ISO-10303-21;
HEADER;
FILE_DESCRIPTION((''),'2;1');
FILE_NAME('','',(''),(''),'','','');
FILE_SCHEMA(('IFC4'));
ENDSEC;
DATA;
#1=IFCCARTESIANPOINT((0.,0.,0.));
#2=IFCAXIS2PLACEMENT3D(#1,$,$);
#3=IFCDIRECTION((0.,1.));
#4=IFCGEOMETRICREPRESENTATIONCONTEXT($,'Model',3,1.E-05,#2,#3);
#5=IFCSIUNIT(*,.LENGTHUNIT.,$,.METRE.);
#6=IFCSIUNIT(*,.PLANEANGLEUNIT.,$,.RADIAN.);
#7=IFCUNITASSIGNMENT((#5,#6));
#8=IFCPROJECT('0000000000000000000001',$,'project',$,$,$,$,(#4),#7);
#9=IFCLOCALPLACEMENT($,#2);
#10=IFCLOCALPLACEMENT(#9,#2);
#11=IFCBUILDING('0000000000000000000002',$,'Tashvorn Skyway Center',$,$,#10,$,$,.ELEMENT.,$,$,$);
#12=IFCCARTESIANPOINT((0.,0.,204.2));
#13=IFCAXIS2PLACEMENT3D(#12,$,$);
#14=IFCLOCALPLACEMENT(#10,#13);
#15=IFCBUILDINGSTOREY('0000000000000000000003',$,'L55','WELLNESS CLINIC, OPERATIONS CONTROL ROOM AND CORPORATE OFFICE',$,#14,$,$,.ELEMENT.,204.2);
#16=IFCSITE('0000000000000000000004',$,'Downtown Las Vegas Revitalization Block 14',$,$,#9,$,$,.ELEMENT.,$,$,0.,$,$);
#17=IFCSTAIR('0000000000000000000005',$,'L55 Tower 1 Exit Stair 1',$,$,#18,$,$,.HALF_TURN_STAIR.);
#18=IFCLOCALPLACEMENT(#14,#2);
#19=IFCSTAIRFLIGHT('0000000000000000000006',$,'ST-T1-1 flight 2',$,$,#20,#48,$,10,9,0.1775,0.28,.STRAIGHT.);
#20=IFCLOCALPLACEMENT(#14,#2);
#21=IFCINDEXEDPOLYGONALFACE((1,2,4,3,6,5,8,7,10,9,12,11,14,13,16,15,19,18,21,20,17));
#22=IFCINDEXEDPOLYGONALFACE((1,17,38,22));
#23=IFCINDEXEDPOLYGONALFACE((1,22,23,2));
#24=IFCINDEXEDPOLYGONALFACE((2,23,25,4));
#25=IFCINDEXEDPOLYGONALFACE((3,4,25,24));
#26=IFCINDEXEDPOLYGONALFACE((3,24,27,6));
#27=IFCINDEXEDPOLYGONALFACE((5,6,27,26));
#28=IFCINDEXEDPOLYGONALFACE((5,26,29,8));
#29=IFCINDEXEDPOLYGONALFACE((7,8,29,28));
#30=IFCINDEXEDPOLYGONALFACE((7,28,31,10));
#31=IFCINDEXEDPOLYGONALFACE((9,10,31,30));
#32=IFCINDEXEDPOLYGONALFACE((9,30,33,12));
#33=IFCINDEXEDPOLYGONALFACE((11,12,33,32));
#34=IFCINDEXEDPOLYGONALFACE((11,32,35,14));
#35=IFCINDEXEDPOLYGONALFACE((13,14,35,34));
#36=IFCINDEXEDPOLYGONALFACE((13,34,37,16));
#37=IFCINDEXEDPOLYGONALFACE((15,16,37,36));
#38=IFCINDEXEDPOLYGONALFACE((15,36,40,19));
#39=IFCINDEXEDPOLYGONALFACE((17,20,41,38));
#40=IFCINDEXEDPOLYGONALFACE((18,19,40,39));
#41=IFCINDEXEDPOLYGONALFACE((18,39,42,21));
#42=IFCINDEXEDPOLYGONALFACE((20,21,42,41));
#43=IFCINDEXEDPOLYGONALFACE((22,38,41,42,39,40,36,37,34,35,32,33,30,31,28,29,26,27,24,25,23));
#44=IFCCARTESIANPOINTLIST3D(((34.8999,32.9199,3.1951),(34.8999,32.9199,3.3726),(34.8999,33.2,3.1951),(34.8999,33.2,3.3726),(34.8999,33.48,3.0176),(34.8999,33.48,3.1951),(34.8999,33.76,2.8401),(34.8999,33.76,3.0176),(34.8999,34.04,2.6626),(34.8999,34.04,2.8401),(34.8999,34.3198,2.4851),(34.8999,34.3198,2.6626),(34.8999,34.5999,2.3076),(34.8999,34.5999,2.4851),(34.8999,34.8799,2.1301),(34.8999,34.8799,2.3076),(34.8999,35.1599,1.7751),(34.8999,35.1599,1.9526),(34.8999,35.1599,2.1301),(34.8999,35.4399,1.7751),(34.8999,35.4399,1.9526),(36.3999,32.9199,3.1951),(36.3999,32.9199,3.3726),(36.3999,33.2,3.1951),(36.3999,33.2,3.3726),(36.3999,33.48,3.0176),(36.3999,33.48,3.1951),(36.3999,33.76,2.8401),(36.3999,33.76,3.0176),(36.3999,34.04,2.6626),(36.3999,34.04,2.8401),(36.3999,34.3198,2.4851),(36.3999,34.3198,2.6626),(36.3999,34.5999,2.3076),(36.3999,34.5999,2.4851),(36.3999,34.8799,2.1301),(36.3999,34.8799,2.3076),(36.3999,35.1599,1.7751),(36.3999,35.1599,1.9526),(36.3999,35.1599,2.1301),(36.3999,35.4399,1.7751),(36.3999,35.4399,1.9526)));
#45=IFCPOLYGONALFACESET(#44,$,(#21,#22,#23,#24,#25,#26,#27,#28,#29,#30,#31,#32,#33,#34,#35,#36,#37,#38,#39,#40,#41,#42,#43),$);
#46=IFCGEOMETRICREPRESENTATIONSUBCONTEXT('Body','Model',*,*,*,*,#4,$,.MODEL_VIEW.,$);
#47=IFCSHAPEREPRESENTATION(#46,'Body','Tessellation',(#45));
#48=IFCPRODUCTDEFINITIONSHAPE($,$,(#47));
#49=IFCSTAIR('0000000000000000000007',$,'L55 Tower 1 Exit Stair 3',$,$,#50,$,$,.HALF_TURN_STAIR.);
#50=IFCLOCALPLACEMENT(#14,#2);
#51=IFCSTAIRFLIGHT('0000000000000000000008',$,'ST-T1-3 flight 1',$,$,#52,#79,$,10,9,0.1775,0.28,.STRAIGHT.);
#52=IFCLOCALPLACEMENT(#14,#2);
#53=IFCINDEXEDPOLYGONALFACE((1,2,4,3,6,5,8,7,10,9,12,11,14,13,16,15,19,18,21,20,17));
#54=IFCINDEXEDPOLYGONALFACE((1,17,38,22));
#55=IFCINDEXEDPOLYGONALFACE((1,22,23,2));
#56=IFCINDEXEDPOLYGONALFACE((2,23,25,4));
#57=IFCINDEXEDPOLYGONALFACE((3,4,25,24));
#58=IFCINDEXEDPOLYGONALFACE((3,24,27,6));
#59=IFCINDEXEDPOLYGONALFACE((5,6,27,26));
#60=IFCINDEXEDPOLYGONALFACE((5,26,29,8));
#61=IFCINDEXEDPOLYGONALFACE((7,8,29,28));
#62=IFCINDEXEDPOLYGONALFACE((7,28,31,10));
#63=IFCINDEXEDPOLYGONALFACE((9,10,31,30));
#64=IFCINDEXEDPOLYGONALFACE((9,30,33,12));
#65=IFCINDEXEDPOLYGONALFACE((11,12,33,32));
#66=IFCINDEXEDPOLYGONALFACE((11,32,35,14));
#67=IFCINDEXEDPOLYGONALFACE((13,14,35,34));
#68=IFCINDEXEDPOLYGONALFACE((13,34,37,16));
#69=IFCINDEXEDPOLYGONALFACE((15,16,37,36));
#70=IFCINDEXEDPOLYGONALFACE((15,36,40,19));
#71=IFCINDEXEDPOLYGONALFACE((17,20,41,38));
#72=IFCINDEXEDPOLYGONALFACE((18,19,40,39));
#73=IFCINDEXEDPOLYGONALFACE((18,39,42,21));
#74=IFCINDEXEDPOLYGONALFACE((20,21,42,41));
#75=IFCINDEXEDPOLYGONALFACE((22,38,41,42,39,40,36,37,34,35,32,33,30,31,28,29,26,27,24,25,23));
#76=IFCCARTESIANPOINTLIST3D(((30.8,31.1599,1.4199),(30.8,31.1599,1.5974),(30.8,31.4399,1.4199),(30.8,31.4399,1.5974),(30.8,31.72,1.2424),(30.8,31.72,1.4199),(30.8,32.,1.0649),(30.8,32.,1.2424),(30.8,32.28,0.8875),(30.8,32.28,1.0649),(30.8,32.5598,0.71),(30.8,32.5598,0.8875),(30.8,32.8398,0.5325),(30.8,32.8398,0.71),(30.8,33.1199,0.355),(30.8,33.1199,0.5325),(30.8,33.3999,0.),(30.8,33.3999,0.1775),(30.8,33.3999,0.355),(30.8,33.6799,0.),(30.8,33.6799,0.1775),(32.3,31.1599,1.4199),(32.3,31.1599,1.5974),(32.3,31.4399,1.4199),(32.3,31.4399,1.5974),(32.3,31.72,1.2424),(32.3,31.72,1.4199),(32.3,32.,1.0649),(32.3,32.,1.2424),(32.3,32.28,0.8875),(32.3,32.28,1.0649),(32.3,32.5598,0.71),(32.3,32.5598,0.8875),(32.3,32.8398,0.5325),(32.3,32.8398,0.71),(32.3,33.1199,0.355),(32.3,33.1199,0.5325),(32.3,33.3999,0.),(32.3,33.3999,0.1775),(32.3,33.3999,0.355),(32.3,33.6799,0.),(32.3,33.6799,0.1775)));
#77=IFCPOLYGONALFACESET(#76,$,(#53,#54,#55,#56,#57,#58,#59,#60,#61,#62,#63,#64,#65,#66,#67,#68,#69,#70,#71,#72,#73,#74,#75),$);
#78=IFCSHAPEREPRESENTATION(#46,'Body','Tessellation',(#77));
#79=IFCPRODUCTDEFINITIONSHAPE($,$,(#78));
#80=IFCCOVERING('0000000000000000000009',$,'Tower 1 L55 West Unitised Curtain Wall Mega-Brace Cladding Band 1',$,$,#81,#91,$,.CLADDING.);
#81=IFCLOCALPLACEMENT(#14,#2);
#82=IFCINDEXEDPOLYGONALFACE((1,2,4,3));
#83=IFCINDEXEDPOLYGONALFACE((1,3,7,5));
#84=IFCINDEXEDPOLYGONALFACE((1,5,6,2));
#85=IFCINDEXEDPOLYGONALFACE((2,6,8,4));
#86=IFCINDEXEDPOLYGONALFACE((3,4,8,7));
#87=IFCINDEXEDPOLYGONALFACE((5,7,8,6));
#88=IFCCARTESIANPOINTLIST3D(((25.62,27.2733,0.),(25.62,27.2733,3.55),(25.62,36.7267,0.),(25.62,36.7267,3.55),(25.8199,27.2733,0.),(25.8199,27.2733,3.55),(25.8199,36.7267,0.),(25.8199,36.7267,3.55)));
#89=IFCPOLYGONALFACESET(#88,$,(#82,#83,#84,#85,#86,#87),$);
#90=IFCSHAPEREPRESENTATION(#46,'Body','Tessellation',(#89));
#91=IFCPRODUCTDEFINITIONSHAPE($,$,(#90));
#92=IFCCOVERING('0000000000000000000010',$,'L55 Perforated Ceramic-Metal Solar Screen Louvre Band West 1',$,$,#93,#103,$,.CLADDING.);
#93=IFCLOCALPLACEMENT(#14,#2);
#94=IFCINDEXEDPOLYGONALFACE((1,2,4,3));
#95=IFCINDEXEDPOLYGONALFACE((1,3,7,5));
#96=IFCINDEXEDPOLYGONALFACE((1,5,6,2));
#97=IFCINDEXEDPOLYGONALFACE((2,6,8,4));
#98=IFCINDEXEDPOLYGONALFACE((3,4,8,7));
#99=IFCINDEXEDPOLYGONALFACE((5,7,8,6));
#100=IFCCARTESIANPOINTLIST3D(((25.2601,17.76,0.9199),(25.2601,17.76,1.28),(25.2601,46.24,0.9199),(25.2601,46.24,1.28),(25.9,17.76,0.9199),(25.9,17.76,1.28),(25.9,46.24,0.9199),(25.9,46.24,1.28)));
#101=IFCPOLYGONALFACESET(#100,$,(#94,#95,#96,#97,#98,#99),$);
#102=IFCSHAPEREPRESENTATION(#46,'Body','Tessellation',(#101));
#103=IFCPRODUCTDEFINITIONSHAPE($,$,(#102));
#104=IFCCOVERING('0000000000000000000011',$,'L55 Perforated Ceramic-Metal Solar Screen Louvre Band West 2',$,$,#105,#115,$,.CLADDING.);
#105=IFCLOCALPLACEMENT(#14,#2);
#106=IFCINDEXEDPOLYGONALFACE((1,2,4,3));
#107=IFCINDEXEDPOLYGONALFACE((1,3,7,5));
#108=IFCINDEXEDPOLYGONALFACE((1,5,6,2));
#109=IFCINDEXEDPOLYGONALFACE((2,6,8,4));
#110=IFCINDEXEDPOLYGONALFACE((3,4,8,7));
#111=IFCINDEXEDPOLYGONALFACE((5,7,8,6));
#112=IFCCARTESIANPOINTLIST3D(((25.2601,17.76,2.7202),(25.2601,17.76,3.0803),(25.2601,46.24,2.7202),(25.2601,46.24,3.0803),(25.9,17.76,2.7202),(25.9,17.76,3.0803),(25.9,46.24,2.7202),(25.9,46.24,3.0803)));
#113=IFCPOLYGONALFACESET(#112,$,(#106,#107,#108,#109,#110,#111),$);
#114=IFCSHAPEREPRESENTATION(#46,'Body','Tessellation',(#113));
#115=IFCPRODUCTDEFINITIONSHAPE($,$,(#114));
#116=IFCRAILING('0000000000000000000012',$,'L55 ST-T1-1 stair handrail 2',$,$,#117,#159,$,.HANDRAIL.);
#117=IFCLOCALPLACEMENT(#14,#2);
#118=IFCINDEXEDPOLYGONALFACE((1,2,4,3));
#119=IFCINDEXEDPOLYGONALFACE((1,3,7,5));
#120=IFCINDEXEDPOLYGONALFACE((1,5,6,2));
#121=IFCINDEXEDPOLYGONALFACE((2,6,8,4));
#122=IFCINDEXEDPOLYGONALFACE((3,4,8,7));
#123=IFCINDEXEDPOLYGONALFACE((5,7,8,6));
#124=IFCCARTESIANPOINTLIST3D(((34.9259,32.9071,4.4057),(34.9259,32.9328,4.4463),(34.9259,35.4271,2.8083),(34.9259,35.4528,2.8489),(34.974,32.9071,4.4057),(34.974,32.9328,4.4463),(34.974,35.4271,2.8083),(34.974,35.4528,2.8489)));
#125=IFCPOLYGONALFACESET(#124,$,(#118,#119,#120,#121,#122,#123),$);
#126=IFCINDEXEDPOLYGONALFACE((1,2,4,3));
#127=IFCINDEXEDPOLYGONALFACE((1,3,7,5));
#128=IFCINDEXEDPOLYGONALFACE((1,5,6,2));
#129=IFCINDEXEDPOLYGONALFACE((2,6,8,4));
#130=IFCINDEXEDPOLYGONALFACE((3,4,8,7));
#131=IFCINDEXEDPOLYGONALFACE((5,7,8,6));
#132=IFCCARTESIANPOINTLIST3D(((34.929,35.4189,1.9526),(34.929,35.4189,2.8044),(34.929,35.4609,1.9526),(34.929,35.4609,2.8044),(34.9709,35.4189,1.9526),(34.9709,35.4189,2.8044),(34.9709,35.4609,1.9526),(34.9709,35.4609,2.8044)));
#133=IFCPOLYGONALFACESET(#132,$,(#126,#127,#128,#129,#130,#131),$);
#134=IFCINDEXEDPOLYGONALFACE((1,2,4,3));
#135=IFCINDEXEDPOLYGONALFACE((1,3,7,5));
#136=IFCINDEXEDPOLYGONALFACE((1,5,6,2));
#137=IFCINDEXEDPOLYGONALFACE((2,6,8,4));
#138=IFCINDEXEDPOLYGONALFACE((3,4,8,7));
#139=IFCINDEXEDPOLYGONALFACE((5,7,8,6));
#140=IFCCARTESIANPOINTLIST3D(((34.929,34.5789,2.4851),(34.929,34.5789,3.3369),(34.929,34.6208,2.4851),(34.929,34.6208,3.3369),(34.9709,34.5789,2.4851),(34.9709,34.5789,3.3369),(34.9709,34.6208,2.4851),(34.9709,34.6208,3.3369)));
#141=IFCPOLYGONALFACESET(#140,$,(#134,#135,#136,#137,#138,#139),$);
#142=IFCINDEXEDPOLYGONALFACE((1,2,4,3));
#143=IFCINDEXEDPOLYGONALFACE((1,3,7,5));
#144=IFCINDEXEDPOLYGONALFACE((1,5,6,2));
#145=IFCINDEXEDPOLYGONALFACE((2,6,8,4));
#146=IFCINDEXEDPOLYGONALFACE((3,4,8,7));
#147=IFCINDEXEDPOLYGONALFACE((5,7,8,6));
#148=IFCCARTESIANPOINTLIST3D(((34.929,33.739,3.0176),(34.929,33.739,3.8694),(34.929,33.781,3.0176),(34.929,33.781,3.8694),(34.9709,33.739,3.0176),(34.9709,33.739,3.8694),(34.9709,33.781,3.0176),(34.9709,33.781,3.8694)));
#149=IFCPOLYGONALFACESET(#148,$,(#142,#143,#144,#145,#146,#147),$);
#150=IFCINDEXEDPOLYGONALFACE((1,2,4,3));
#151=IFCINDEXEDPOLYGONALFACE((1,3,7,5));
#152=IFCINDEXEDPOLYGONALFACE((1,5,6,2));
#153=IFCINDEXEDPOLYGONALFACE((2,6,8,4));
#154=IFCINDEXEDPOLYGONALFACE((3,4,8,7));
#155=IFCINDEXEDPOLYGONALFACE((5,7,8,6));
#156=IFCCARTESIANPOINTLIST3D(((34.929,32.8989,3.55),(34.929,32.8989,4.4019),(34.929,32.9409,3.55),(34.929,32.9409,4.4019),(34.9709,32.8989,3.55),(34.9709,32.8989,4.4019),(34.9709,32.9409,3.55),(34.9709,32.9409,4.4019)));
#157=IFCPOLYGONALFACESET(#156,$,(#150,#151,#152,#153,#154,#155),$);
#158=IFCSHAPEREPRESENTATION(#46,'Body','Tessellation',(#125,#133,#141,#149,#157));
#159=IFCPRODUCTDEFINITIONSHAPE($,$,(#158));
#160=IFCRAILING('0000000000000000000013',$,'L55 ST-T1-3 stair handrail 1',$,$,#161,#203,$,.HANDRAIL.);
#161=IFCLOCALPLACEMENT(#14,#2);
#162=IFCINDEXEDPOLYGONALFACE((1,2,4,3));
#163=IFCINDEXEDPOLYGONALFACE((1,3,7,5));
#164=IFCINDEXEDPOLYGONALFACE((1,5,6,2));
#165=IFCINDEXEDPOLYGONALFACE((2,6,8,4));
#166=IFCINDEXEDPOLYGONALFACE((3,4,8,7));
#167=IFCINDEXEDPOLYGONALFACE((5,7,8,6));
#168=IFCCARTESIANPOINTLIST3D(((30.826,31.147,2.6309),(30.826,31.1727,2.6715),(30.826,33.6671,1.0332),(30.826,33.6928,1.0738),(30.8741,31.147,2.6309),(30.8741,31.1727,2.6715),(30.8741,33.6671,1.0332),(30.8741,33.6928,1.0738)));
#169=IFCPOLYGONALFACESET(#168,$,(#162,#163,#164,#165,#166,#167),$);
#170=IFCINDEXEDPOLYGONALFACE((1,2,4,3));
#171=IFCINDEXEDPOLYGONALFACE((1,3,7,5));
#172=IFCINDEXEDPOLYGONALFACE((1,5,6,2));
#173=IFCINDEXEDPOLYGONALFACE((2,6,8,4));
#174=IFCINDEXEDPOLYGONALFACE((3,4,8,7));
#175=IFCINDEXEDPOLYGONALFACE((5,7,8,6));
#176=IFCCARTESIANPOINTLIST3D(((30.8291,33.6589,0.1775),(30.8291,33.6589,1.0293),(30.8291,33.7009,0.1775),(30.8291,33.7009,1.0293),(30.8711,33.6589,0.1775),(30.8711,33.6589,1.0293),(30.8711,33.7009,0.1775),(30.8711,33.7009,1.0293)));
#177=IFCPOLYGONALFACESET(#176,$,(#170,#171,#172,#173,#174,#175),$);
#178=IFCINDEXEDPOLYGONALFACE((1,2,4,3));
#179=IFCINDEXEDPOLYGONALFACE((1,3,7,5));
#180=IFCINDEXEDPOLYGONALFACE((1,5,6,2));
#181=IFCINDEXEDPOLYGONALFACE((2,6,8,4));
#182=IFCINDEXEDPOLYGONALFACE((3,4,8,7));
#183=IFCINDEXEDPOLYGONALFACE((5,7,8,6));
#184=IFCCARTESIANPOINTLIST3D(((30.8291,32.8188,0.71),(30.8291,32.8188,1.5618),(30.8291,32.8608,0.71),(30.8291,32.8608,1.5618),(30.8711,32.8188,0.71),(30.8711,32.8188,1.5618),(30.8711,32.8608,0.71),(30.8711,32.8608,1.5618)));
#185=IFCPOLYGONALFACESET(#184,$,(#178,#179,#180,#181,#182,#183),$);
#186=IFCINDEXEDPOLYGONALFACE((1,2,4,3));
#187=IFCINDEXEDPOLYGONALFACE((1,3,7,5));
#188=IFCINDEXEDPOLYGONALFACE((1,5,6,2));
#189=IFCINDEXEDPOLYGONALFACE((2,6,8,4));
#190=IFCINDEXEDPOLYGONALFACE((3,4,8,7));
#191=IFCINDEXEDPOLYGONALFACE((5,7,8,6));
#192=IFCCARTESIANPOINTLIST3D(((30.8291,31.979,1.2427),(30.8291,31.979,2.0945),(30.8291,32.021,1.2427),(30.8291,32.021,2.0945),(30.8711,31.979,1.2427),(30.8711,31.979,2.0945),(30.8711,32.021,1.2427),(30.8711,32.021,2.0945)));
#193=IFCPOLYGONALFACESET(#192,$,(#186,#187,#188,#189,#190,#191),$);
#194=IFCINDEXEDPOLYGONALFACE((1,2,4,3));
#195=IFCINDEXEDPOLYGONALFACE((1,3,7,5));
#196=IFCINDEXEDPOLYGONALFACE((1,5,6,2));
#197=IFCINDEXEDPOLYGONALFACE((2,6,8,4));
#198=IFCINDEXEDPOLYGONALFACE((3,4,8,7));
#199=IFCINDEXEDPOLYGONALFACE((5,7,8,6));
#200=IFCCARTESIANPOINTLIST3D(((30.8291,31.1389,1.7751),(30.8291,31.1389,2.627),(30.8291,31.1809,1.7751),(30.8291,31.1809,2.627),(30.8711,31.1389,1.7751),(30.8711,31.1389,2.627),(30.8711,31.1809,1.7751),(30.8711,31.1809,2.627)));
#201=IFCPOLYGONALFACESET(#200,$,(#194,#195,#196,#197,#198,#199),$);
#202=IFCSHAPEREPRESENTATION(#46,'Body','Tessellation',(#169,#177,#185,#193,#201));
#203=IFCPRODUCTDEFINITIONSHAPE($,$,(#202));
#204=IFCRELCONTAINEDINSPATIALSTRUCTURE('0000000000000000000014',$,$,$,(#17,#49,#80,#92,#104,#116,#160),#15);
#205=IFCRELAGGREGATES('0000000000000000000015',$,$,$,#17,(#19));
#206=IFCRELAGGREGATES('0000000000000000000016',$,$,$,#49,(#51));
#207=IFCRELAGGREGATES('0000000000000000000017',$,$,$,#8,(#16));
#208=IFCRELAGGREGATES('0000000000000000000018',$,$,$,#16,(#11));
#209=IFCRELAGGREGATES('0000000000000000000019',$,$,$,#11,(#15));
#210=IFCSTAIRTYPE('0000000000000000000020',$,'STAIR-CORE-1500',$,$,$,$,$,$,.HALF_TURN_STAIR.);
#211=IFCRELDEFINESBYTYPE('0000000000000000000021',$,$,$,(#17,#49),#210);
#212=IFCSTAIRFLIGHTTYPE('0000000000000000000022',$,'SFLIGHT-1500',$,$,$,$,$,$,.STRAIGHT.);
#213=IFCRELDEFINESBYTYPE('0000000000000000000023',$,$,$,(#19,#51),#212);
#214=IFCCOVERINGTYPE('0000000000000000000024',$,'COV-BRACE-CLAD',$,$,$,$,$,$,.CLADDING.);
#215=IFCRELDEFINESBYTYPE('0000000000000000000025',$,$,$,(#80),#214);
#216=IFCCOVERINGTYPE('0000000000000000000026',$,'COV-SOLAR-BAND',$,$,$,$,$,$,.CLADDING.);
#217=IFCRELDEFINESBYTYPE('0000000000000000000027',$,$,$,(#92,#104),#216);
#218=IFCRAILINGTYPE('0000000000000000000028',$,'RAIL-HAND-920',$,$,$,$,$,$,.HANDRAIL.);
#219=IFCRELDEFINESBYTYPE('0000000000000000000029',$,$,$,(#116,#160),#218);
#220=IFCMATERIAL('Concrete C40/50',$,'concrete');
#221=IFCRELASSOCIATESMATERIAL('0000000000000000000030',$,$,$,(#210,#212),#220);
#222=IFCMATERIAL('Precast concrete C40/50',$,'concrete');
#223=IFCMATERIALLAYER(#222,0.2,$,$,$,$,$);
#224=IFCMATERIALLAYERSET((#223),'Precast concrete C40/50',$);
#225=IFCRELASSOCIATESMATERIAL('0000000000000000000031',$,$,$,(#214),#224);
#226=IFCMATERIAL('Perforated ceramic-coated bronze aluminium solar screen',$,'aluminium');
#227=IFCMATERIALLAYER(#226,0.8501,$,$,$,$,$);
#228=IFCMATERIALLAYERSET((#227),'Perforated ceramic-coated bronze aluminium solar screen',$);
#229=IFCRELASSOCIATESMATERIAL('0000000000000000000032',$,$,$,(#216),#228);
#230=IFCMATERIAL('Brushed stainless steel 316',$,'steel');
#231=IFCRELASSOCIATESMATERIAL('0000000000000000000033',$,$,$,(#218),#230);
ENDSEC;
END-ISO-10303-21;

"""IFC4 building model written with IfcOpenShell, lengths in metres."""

from ifc_helpers import new_model, si_unit, direction, frame, origin, origin_2d, place, context, subcontext, project, spatial, polyline, rectangle, outline, extrude, material, layer, layer_set, type_object, element, aggregate, save


model = new_model("IFC4")

# Units and contexts
model_context = context("Model", 3, precision=1e-05, world=origin(), true_north=direction((0.0, 1.0)))
body_context = subcontext(model_context, "Body", "Model", "MODEL_VIEW")
ifc_project = project(units=[si_unit("LENGTHUNIT", "METRE"), si_unit("PLANEANGLEUNIT", "RADIAN")], contexts=[model_context])

# Site, building, storey
site_placement = place(None, origin())
site = spatial("IfcSite", under=ifc_project, at=site_placement, Name="Downtown Las Vegas Revitalization Block 14", CompositionType="ELEMENT", RefElevation=0.0)
building_placement = place(site_placement, origin())
building = spatial("IfcBuilding", under=site, at=building_placement, Name="Tashvorn Skyway Center", CompositionType="ELEMENT")
storey_placement = place(building_placement, frame((0.0, 0.0, 204.2)))
storey = spatial("IfcBuildingStorey", under=building, at=storey_placement, Name="L55", Description="WELLNESS CLINIC, OPERATIONS CONTROL ROOM AND CORPORATE OFFICE", CompositionType="ELEMENT", Elevation=204.2)

# Shared definitions
ifc_material_1 = material(Name="Concrete C40/50", Category="concrete")

# Stairs, stair flights
stair_type = type_object("IfcStairType", Name="STAIR-CORE-1500", PredefinedType="HALF_TURN_STAIR", material=ifc_material_1)
stair_1_placement = place(storey_placement, origin())
stair_1 = element("IfcStair", 1, at=stair_1_placement, inside=storey, type_object=stair_type, Name="L55 Tower 1 Exit Stair 1", PredefinedType="HALF_TURN_STAIR")
stair_flight_type = type_object("IfcStairFlightType", Name="SFLIGHT-1500", PredefinedType="STRAIGHT", material=ifc_material_1)
stair_flight_1_placement = place(storey_placement, frame((35.6499, 35.4399, 1.7751), z_axis=(0.0, 0.0, 1.0), x_axis=(0.0, -1.0, 0.0)))
stair_flight_1 = element("IfcStairFlight", 2, at=stair_flight_1_placement, type_object=stair_flight_type, Name="ST-T1-1 flight 2", NumberOfRisers=10, NumberOfTreads=9, PredefinedType="STRAIGHT", RiserHeight=0.1775, TreadLength=0.28, context=body_context, shape_type="SweptSolid", body=[
    extrude(outline(polyline([(0.0, 0.0), (0.0, 0.1775), (0.28, 0.1775), (0.28, 0.355), (0.5601, 0.355), (0.5601, 0.5325), (0.8401, 0.5325), (0.8401, 0.71), (1.1201, 0.71), (1.1201, 0.8875), (1.3999, 0.8875), (1.3999, 1.0649), (1.6799, 1.0649), (1.6799, 1.2424), (1.96, 1.2424), (1.96, 1.4199), (2.24, 1.4199), (2.24, 1.5974), (2.52, 1.5974), (2.52, 1.7749), (2.52, 1.4199), (0.28, 0.0), (0.0, 0.0)])), frame((0.0, 0.75, 0.0), z_axis=(0.0, -1.0, 0.0), x_axis=(1.0, 0.0, 0.0)), (0.0, 0.0, 1.0), 1.5),
])
aggregate(stair_1, [stair_flight_1])
stair_2_placement = place(storey_placement, origin())
stair_2 = element("IfcStair", 3, at=stair_2_placement, inside=storey, type_object=stair_type, Name="L55 Tower 1 Exit Stair 3", PredefinedType="HALF_TURN_STAIR")
stair_flight_2_placement = place(storey_placement, frame((31.55, 33.6799, 0.0), z_axis=(0.0, 0.0, 1.0), x_axis=(0.0, -1.0, 0.0)))
stair_flight_2 = element("IfcStairFlight", 4, at=stair_flight_2_placement, type_object=stair_flight_type, Name="ST-T1-3 flight 1", NumberOfRisers=10, NumberOfTreads=9, PredefinedType="STRAIGHT", RiserHeight=0.1775, TreadLength=0.28, context=body_context, shape_type="SweptSolid", body=[
    extrude(outline(polyline([(0.0, 0.0), (0.0, 0.1775), (0.28, 0.1775), (0.28, 0.355), (0.5601, 0.355), (0.5601, 0.5325), (0.8401, 0.5325), (0.8401, 0.71), (1.1201, 0.71), (1.1201, 0.8875), (1.3999, 0.8875), (1.3999, 1.0649), (1.6799, 1.0649), (1.6799, 1.2424), (1.96, 1.2424), (1.96, 1.4199), (2.24, 1.4199), (2.24, 1.5974), (2.52, 1.5974), (2.52, 1.7749), (2.52, 1.4199), (0.28, 0.0), (0.0, 0.0)])), frame((0.0, 0.75, 0.0), z_axis=(0.0, -1.0, 0.0), x_axis=(1.0, 0.0, 0.0)), (0.0, 0.0, 1.0), 1.5),
])
aggregate(stair_2, [stair_flight_2])

# Coverings
ifc_material_2 = material(Name="Precast concrete C40/50", Category="concrete")
ifc_layer_1 = layer(ifc_material_2, 0.2)
ifc_layer_set_1 = layer_set([ifc_layer_1], Name="Precast concrete C40/50")
covering_type_1 = type_object("IfcCoveringType", Name="COV-BRACE-CLAD", PredefinedType="CLADDING", material=ifc_layer_set_1)
covering_placement = place(storey_placement, frame((25.72, 32.0, 0.0), z_axis=(0.0, 0.0, 1.0), x_axis=(0.0, 1.0, 0.0)))
element("IfcCovering", 5, at=covering_placement, inside=storey, type_object=covering_type_1, Name="Tower 1 L55 West Unitised Curtain Wall Mega-Brace Cladding Band 1", PredefinedType="CLADDING", context=body_context, shape_type="SweptSolid", body=[
    extrude(rectangle(XDim=9.4534, YDim=0.2, at=origin_2d()), origin(), (0.0, 0.0, 1.0), 3.55),
])
ifc_material_3 = material(Name="Perforated ceramic-coated bronze aluminium solar screen", Category="aluminium")
ifc_layer_2 = layer(ifc_material_3, 0.8501)
ifc_layer_set_2 = layer_set([ifc_layer_2], Name="Perforated ceramic-coated bronze aluminium solar screen")
covering_type_2 = type_object("IfcCoveringType", Name="COV-SOLAR-BAND", PredefinedType="CLADDING", material=ifc_layer_set_2)
for number, where, z_axis, x_axis, name in (
    (6, (25.5801, 32.0, 0.9199), (0.0, 0.0, 1.0), (0.0, 1.0, 0.0), "L55 Perforated Ceramic-Metal Solar Screen Louvre Band West 1"),
    (7, (25.5801, 32.0, 2.7202), (0.0, 0.0, 1.0), (0.0, 1.0, 0.0), "L55 Perforated Ceramic-Metal Solar Screen Louvre Band West 2"),
):
    element("IfcCovering", number, at=place(storey_placement, frame(where, z_axis=z_axis, x_axis=x_axis)), inside=storey, type_object=covering_type_2, Name=name, PredefinedType="CLADDING", context=body_context, shape_type="SweptSolid", body=[
        extrude(rectangle(XDim=28.48, YDim=0.6399, at=origin_2d()), origin(), (0.0, 0.0, 1.0), 0.3601),
    ])

# Railings
ifc_material_4 = material(Name="Brushed stainless steel 316", Category="steel")
railing_type_1 = type_object("IfcRailingType", Name="RAIL-HAND-920", PredefinedType="HANDRAIL", material=ifc_material_4)
railing_1_placement = place(storey_placement, frame((34.95, 35.4399, 1.9526)))
element("IfcRailing", 8, at=railing_1_placement, inside=storey, type_object=railing_type_1, Name="L55 ST-T1-1 stair handrail 2", PredefinedType="HANDRAIL", context=body_context, shape_type="SweptSolid", body=[
    extrude(rectangle(XDim=0.0481, YDim=0.0481, at=origin_2d()), frame((0.0, 0.0, 0.876), z_axis=(0.0, -0.844607, 0.535387), x_axis=(1.0, 0.0, 0.0)), (0.0, 0.0, 1.0), 2.9836),
    extrude(rectangle(XDim=0.042, YDim=0.042, at=origin_2d()), origin(), (0.0, 0.0, 1.0), 0.8518),
    extrude(rectangle(XDim=0.042, YDim=0.042, at=origin_2d()), frame((0.0, -0.8401, 0.5325)), (0.0, 0.0, 1.0), 0.8518),
    extrude(rectangle(XDim=0.042, YDim=0.042, at=origin_2d()), frame((0.0, -1.6799, 1.0649)), (0.0, 0.0, 1.0), 0.8518),
    extrude(rectangle(XDim=0.042, YDim=0.042, at=origin_2d()), frame((0.0, -2.52, 1.5974)), (0.0, 0.0, 1.0), 0.8518),
])
railing_2_placement = place(storey_placement, frame((30.8501, 33.6799, 0.1775)))
element("IfcRailing", 9, at=railing_2_placement, inside=storey, type_object=railing_type_1, Name="L55 ST-T1-3 stair handrail 1", PredefinedType="HANDRAIL", context=body_context, shape_type="SweptSolid", body=[
    extrude(rectangle(XDim=0.0481, YDim=0.0481, at=origin_2d()), frame((0.0, 0.0, 0.876), z_axis=(0.0, -0.84457, 0.535445), x_axis=(1.0, 0.0, 0.0)), (0.0, 0.0, 1.0), 2.9839),
    extrude(rectangle(XDim=0.042, YDim=0.042, at=origin_2d()), origin(), (0.0, 0.0, 1.0), 0.8518),
    extrude(rectangle(XDim=0.042, YDim=0.042, at=origin_2d()), frame((0.0, -0.8401, 0.5325)), (0.0, 0.0, 1.0), 0.8518),
    extrude(rectangle(XDim=0.042, YDim=0.042, at=origin_2d()), frame((0.0, -1.6799, 1.0652)), (0.0, 0.0, 1.0), 0.8518),
    extrude(rectangle(XDim=0.042, YDim=0.042, at=origin_2d()), frame((0.0, -2.52, 1.5977)), (0.0, 0.0, 1.0), 0.8518),
])

save(model, "model.ifc")
